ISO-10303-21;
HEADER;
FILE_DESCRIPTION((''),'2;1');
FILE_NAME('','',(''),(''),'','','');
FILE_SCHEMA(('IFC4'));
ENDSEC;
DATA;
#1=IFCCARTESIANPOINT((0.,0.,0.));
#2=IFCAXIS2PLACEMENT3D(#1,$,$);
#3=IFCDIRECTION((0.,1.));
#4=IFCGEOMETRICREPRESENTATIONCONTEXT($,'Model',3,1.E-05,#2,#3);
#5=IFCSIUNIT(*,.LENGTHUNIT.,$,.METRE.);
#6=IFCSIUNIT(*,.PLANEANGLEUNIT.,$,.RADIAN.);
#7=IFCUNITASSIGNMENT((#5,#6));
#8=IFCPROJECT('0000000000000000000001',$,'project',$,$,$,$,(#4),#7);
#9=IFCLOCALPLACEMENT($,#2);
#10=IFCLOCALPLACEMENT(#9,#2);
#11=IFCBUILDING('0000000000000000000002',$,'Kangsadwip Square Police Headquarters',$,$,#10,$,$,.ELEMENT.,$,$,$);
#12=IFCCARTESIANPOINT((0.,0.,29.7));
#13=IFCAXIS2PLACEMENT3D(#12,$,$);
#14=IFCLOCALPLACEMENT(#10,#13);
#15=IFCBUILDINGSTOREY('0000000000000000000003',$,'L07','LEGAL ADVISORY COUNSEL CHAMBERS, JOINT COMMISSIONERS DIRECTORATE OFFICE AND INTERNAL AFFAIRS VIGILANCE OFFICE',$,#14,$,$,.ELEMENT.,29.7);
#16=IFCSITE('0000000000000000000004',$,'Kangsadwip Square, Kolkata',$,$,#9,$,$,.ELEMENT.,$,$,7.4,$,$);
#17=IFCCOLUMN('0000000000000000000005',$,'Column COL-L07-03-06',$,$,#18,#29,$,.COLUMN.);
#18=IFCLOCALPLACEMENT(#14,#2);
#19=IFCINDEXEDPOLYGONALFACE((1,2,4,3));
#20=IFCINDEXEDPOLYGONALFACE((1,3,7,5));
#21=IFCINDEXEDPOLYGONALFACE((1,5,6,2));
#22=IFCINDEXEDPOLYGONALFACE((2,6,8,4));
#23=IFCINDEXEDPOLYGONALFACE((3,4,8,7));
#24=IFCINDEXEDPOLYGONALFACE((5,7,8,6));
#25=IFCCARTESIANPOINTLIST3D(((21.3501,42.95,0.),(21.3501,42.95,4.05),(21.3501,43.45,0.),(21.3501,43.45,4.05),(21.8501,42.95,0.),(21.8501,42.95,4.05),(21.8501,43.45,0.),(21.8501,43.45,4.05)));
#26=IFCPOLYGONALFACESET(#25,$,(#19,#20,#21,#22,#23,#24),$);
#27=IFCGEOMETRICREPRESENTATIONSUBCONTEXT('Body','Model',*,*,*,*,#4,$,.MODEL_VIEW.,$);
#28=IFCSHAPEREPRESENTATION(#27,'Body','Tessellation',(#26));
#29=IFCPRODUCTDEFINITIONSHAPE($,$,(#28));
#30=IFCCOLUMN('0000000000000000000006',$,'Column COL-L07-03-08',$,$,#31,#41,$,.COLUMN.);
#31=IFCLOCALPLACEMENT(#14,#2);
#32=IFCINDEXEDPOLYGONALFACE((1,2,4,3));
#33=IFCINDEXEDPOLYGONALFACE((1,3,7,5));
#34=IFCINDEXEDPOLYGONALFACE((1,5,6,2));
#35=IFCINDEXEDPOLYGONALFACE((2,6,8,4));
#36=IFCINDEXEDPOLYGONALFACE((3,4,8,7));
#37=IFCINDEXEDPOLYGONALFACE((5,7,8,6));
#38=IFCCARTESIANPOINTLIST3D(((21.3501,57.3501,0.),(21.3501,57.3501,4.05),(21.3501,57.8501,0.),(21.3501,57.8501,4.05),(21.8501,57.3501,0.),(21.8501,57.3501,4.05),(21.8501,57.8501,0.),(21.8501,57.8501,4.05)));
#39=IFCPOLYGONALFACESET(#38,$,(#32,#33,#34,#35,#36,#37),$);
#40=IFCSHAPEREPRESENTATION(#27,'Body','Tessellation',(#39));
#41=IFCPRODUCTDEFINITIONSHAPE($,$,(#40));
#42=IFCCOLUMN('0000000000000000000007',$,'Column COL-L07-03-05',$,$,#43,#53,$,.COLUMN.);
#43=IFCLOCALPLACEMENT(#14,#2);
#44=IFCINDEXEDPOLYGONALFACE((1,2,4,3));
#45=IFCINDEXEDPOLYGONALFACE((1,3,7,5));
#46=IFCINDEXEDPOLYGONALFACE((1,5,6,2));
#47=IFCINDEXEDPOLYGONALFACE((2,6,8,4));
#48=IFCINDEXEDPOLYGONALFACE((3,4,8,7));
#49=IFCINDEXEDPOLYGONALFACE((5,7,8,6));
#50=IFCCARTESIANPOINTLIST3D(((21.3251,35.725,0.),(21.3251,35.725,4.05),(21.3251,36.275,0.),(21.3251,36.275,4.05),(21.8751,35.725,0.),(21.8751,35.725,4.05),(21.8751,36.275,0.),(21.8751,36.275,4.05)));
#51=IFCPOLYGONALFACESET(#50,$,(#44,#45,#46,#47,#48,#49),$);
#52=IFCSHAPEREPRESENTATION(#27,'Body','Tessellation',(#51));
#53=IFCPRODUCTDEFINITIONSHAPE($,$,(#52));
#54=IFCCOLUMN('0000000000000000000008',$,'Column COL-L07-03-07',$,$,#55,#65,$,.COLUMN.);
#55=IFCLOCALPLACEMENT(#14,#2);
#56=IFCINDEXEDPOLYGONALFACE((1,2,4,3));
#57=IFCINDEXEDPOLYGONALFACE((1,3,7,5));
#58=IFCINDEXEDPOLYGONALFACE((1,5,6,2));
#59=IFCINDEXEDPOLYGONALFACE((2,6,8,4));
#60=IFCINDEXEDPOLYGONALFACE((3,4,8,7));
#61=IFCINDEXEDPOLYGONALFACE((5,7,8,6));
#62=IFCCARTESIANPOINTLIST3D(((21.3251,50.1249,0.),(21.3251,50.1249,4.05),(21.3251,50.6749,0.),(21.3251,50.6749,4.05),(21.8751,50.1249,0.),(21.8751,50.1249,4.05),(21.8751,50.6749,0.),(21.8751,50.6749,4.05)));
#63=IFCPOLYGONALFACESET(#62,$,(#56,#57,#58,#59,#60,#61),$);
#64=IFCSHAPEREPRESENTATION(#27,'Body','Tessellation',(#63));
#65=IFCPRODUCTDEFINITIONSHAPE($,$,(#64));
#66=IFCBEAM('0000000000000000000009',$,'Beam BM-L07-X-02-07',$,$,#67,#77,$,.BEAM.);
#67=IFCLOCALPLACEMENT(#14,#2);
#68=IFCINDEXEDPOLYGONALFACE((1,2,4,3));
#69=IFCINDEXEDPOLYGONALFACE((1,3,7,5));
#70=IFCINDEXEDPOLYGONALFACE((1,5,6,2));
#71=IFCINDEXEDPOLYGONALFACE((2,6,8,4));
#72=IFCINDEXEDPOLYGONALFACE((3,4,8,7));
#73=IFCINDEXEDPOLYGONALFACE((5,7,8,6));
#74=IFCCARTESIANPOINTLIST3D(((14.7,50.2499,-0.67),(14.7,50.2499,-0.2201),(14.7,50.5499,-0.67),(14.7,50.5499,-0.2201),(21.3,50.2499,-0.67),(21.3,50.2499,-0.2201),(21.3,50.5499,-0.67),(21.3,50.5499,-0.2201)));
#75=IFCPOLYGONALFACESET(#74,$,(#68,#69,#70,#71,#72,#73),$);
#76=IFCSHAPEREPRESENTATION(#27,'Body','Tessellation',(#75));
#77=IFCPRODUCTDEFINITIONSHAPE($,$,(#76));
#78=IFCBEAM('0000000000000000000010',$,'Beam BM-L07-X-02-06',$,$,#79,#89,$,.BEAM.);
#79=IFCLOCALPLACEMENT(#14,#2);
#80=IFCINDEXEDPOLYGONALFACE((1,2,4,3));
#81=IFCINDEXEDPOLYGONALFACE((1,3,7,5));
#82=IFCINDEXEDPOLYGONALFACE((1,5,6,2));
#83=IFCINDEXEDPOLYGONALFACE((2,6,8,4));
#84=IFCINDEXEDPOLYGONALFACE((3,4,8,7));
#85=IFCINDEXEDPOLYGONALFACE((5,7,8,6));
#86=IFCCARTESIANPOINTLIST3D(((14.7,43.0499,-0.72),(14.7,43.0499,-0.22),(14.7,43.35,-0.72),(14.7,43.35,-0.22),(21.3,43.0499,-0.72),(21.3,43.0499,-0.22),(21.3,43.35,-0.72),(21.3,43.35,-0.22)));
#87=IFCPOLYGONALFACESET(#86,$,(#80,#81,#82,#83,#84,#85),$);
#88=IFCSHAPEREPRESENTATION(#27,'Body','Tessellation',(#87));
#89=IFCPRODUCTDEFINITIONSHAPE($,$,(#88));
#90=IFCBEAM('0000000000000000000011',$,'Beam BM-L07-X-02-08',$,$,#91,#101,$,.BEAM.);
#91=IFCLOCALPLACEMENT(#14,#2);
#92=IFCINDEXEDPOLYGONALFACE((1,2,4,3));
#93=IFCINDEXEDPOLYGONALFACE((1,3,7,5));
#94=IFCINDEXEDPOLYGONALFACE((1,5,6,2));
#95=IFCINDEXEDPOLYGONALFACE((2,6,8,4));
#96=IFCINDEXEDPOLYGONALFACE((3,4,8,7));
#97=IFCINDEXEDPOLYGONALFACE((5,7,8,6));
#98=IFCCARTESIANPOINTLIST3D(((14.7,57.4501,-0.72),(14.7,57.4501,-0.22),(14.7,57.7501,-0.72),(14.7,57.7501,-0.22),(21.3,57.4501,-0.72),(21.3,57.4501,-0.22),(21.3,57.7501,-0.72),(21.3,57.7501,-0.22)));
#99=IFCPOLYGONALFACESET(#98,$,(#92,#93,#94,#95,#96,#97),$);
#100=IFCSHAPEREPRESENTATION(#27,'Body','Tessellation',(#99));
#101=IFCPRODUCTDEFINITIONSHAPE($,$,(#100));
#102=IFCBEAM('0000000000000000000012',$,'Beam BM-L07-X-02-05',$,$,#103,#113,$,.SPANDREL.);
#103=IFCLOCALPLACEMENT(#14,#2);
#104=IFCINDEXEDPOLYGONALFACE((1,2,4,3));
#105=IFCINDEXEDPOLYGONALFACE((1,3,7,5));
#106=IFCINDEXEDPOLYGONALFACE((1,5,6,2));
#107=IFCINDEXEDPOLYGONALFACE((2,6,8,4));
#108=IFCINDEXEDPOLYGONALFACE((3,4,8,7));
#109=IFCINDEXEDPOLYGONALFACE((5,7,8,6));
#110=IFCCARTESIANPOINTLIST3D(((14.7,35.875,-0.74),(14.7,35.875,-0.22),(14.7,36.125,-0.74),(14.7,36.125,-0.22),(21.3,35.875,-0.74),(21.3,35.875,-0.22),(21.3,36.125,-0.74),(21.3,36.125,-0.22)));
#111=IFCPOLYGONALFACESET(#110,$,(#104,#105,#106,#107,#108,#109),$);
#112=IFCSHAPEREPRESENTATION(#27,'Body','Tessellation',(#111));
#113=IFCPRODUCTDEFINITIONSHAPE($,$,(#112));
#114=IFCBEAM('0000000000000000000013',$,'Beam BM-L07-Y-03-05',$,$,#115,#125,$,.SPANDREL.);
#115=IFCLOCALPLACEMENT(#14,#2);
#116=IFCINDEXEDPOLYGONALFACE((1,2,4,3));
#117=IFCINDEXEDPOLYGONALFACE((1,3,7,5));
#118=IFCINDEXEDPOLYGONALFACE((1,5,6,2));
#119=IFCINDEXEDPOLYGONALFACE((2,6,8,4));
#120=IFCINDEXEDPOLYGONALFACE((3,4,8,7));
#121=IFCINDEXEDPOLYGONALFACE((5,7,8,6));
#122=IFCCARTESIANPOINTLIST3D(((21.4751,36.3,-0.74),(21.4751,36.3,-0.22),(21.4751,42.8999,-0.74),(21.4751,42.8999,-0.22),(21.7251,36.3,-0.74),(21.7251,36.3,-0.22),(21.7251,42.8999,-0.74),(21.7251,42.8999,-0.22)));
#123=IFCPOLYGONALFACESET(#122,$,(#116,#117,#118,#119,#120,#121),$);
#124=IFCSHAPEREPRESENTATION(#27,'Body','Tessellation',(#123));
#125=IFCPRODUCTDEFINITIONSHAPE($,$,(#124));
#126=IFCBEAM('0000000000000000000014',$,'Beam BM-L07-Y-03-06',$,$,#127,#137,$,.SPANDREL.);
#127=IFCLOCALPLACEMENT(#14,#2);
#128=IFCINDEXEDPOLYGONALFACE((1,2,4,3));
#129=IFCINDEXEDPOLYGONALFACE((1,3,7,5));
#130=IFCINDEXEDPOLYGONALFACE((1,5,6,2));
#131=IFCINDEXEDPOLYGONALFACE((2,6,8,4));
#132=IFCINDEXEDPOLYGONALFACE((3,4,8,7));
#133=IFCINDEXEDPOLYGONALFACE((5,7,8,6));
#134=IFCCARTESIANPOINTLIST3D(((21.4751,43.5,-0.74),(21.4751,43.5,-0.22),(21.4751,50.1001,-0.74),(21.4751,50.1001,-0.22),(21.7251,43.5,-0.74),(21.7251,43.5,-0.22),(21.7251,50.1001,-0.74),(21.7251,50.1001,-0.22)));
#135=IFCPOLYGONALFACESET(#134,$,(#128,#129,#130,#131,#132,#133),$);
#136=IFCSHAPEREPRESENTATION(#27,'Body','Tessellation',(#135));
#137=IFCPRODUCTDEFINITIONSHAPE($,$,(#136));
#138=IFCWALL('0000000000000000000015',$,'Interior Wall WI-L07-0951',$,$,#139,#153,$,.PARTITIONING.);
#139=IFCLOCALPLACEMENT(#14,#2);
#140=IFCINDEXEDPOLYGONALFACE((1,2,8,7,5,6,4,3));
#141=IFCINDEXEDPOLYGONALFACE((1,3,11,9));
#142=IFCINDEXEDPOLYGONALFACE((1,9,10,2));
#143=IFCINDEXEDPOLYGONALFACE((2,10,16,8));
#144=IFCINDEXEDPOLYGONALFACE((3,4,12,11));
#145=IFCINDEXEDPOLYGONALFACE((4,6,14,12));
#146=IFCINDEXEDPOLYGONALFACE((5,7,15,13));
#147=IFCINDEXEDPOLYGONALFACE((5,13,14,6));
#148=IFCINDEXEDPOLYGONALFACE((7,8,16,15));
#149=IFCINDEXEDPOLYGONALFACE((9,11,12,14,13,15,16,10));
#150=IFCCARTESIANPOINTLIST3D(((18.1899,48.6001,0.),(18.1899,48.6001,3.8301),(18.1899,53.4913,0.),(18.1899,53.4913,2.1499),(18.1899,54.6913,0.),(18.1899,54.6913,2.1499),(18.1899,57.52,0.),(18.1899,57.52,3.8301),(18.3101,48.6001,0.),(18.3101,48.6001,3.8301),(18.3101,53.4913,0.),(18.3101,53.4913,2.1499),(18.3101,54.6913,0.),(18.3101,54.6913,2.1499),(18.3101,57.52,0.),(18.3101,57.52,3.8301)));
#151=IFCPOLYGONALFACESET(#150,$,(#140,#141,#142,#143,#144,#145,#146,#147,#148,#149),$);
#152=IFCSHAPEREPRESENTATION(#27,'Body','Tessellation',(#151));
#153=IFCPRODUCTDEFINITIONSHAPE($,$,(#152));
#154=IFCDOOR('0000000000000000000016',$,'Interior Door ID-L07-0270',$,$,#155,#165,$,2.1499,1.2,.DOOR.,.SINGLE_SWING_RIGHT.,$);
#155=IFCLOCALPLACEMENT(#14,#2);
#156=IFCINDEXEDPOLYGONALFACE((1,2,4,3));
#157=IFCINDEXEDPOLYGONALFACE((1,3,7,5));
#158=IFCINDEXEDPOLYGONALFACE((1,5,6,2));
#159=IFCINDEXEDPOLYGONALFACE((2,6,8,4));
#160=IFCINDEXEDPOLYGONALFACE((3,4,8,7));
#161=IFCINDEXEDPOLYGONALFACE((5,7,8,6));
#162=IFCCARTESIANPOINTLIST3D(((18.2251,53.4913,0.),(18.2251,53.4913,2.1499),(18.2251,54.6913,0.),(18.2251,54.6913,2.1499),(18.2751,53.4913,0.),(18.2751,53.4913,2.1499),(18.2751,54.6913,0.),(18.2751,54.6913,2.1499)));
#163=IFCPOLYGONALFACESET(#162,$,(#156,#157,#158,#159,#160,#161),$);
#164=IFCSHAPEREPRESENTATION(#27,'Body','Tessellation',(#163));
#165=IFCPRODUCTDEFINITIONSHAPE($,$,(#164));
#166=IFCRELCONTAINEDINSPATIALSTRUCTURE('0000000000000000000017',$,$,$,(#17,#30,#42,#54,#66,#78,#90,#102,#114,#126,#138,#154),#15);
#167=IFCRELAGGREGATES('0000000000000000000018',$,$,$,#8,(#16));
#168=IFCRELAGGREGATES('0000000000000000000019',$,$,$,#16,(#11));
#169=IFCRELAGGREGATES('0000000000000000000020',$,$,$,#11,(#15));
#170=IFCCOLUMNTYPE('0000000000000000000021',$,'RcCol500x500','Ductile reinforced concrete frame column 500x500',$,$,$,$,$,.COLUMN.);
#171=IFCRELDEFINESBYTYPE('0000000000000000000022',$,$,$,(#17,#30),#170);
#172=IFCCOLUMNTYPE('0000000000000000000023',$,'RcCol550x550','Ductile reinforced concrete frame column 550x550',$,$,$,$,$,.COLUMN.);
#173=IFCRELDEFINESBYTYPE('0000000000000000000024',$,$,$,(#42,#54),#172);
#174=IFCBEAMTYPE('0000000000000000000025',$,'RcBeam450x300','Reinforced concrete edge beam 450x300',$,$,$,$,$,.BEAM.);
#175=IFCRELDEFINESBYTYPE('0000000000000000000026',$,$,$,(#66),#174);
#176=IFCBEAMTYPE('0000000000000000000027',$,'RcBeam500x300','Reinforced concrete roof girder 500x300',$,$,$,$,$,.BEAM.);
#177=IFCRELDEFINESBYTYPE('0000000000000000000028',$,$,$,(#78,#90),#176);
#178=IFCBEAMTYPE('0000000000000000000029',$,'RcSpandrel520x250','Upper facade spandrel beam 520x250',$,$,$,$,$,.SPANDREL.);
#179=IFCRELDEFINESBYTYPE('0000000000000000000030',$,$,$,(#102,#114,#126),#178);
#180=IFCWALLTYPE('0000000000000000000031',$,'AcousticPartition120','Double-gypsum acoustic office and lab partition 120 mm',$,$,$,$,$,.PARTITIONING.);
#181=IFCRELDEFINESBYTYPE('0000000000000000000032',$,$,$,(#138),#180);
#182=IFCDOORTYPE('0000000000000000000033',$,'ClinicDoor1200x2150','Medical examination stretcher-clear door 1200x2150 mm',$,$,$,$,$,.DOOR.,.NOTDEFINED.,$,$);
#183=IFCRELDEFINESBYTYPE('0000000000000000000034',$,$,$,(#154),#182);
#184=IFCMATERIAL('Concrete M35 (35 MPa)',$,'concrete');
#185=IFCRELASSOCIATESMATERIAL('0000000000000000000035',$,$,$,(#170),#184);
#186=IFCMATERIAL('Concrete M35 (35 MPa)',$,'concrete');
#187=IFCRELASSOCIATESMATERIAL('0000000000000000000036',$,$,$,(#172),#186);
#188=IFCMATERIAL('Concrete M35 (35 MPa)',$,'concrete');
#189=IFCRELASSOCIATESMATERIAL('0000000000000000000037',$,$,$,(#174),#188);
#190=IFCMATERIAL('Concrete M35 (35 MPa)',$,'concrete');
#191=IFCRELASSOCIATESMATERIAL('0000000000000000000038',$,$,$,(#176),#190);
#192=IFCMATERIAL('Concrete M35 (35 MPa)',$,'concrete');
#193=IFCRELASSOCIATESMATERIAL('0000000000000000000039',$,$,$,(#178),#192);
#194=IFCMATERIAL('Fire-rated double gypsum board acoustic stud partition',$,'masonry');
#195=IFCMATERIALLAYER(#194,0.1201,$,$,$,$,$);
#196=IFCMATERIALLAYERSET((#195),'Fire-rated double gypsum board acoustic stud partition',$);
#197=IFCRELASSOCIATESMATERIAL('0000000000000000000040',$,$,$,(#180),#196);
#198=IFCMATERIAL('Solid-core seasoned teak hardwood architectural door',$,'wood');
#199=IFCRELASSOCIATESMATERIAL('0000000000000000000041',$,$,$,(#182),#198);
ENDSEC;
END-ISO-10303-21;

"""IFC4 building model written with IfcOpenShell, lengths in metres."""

from ifc_helpers import new_model, si_unit, direction, frame, frame_2d, origin, origin_2d, place, context, subcontext, project, spatial, rectangle, extrude, material, layer, layer_set, material_profile, profile_set, type_object, element, fill, save


model = new_model("IFC4")

# Units and contexts
model_context = context("Model", 3, precision=1e-05, world=origin(), true_north=direction((0.0, 1.0)))
body_context = subcontext(model_context, "Body", "Model", "MODEL_VIEW")
ifc_project = project(units=[si_unit("LENGTHUNIT", "METRE"), si_unit("PLANEANGLEUNIT", "RADIAN")], contexts=[model_context])

# Site, building, storey
site_placement = place(None, origin())
site = spatial("IfcSite", under=ifc_project, at=site_placement, Name="Kangsadwip Square, Kolkata", CompositionType="ELEMENT", RefElevation=7.4)
building_placement = place(site_placement, origin())
building = spatial("IfcBuilding", under=site, at=building_placement, Name="Kangsadwip Square Police Headquarters", CompositionType="ELEMENT")
storey_placement = place(building_placement, frame((0.0, 0.0, 29.7)))
storey = spatial("IfcBuildingStorey", under=building, at=storey_placement, Name="L07", Description="LEGAL ADVISORY COUNSEL CHAMBERS, JOINT COMMISSIONERS DIRECTORATE OFFICE AND INTERNAL AFFAIRS VIGILANCE OFFICE", CompositionType="ELEMENT", Elevation=29.7)

# Columns
ifc_material_1 = material(Name="Concrete M35 (35 MPa)", Category="concrete")
ifc_material_profile_1 = material_profile(ifc_material_1, rectangle(XDim=0.5, YDim=0.5, at=origin_2d()), Name="RC COL 500X500")
ifc_profile_set_1 = profile_set([ifc_material_profile_1], Name="Concrete M35 (35 MPa)")
column_type_1 = type_object("IfcColumnType", Name="RcCol500x500", Description="Ductile reinforced concrete frame column 500x500", PredefinedType="COLUMN", material=ifc_profile_set_1)
for number, where, z_axis, x_axis, name in (
    (1, (21.6001, 43.2, 0.0), (0.0, 0.0, 1.0), (1.0, 0.0, 0.0), "Column COL-L07-03-06"),
    (2, (21.6001, 57.6001, 0.0), (0.0, 0.0, 1.0), (1.0, 0.0, 0.0), "Column COL-L07-03-08"),
):
    element("IfcColumn", number, at=place(storey_placement, frame(where, z_axis=z_axis, x_axis=x_axis)), inside=storey, type_object=column_type_1, Name=name, PredefinedType="COLUMN", context=body_context, shape_type="SweptSolid", body=[
        extrude(rectangle(XDim=0.5, YDim=0.5, at=origin_2d()), origin(), (0.0, 0.0, 1.0), 4.05),
    ])
ifc_material_2 = material(Name="Concrete M35 (35 MPa)", Category="concrete")
ifc_material_profile_2 = material_profile(ifc_material_2, rectangle(XDim=0.55, YDim=0.55, at=origin_2d()), Name="RC COL 550X550")
ifc_profile_set_2 = profile_set([ifc_material_profile_2], Name="Concrete M35 (35 MPa)")
column_type_2 = type_object("IfcColumnType", Name="RcCol550x550", Description="Ductile reinforced concrete frame column 550x550", PredefinedType="COLUMN", material=ifc_profile_set_2)
for number, where, z_axis, x_axis, name in (
    (3, (21.6001, 36.0, 0.0), (0.0, 0.0, 1.0), (1.0, 0.0, 0.0), "Column COL-L07-03-05"),
    (4, (21.6001, 50.3999, 0.0), (0.0, 0.0, 1.0), (1.0, 0.0, 0.0), "Column COL-L07-03-07"),
):
    element("IfcColumn", number, at=place(storey_placement, frame(where, z_axis=z_axis, x_axis=x_axis)), inside=storey, type_object=column_type_2, Name=name, PredefinedType="COLUMN", context=body_context, shape_type="SweptSolid", body=[
        extrude(rectangle(XDim=0.55, YDim=0.55, at=origin_2d()), origin(), (0.0, 0.0, 1.0), 4.05),
    ])

# Beams
ifc_material_3 = material(Name="Concrete M35 (35 MPa)", Category="concrete")
ifc_material_profile_3 = material_profile(ifc_material_3, rectangle(XDim=0.3, YDim=0.45, at=origin_2d()), Name="RC BM 450X300")
ifc_profile_set_3 = profile_set([ifc_material_profile_3], Name="Concrete M35 (35 MPa)")
beam_type_1 = type_object("IfcBeamType", Name="RcBeam450x300", Description="Reinforced concrete edge beam 450x300", PredefinedType="BEAM", material=ifc_profile_set_3)
beam_1_placement = place(storey_placement, frame((14.7, 50.3999, -0.4451), z_axis=(1.0, 0.0, 0.0), x_axis=(0.0, 1.0, 0.0)))
element("IfcBeam", 5, at=beam_1_placement, inside=storey, type_object=beam_type_1, Name="Beam BM-L07-X-02-07", PredefinedType="BEAM", context=body_context, shape_type="SweptSolid", body=[
    extrude(rectangle(XDim=0.3, YDim=0.45, at=origin_2d()), origin(), (0.0, 0.0, 1.0), 6.6001),
])
ifc_material_4 = material(Name="Concrete M35 (35 MPa)", Category="concrete")
ifc_material_profile_4 = material_profile(ifc_material_4, rectangle(XDim=0.3, YDim=0.5, at=origin_2d()), Name="RC BM 500X300")
ifc_profile_set_4 = profile_set([ifc_material_profile_4], Name="Concrete M35 (35 MPa)")
beam_type_2 = type_object("IfcBeamType", Name="RcBeam500x300", Description="Reinforced concrete roof girder 500x300", PredefinedType="BEAM", material=ifc_profile_set_4)
for number, where, z_axis, x_axis, name in (
    (6, (14.7, 43.2, -0.47), (1.0, 0.0, 0.0), (0.0, 1.0, 0.0), "Beam BM-L07-X-02-06"),
    (7, (14.7, 57.6001, -0.47), (1.0, 0.0, 0.0), (0.0, 1.0, 0.0), "Beam BM-L07-X-02-08"),
):
    element("IfcBeam", number, at=place(storey_placement, frame(where, z_axis=z_axis, x_axis=x_axis)), inside=storey, type_object=beam_type_2, Name=name, PredefinedType="BEAM", context=body_context, shape_type="SweptSolid", body=[
        extrude(rectangle(XDim=0.3, YDim=0.5, at=origin_2d()), origin(), (0.0, 0.0, 1.0), 6.6001),
    ])
ifc_material_5 = material(Name="Concrete M35 (35 MPa)", Category="concrete")
ifc_material_profile_5 = material_profile(ifc_material_5, rectangle(XDim=0.25, YDim=0.52, at=origin_2d()), Name="RC SPN 520X250")
ifc_profile_set_5 = profile_set([ifc_material_profile_5], Name="Concrete M35 (35 MPa)")
beam_type_3 = type_object("IfcBeamType", Name="RcSpandrel520x250", Description="Upper facade spandrel beam 520x250", PredefinedType="SPANDREL", material=ifc_profile_set_5)
beam_2_placement = place(storey_placement, frame((14.7, 36.0, -0.48), z_axis=(1.0, 0.0, 0.0), x_axis=(0.0, 1.0, 0.0)))
element("IfcBeam", 8, at=beam_2_placement, inside=storey, type_object=beam_type_3, Name="Beam BM-L07-X-02-05", PredefinedType="SPANDREL", context=body_context, shape_type="SweptSolid", body=[
    extrude(rectangle(XDim=0.25, YDim=0.52, at=origin_2d()), origin(), (0.0, 0.0, 1.0), 6.6001),
])
beam_3_placement = place(storey_placement, frame((21.6001, 36.3, -0.48), z_axis=(0.0, 1.0, 0.0), x_axis=(-1.0, 0.0, 0.0)))
element("IfcBeam", 9, at=beam_3_placement, inside=storey, type_object=beam_type_3, Name="Beam BM-L07-Y-03-05", PredefinedType="SPANDREL", context=body_context, shape_type="SweptSolid", body=[
    extrude(rectangle(XDim=0.25, YDim=0.52, at=origin_2d()), origin(), (0.0, 0.0, 1.0), 6.5999),
])
beam_4_placement = place(storey_placement, frame((21.6001, 43.5, -0.48), z_axis=(0.0, 1.0, 0.0), x_axis=(-1.0, 0.0, 0.0)))
element("IfcBeam", 10, at=beam_4_placement, inside=storey, type_object=beam_type_3, Name="Beam BM-L07-Y-03-06", PredefinedType="SPANDREL", context=body_context, shape_type="SweptSolid", body=[
    extrude(rectangle(XDim=0.25, YDim=0.52, at=origin_2d()), origin(), (0.0, 0.0, 1.0), 6.6001),
])

# Wall, opening, door
ifc_material_6 = material(Name="Fire-rated double gypsum board acoustic stud partition", Category="masonry")
ifc_layer_1 = layer(ifc_material_6, 0.1201)
ifc_layer_set_1 = layer_set([ifc_layer_1], Name="Fire-rated double gypsum board acoustic stud partition")
wall_type_1 = type_object("IfcWallType", Name="AcousticPartition120", Description="Double-gypsum acoustic office and lab partition 120 mm", PredefinedType="PARTITIONING", material=ifc_layer_set_1)
wall_1_placement = place(storey_placement, frame((18.25, 48.6001, 0.0), z_axis=(0.0, 0.0, 1.0), x_axis=(0.0, 1.0, 0.0)))
wall_1 = element("IfcWall", 11, at=wall_1_placement, inside=storey, type_object=wall_type_1, Name="Interior Wall WI-L07-0951", PredefinedType="PARTITIONING", context=body_context, shape_type="SweptSolid", body=[
    extrude(rectangle(XDim=8.9199, YDim=0.1201, at=frame_2d((4.46, 0.0))), origin(), (0.0, 0.0, 1.0), 3.8301),
])
opening_1_placement = place(wall_1_placement, frame((4.8911, 0.0, 0.0)))
opening_1 = element("IfcOpeningElement", 12, at=opening_1_placement, cuts=wall_1, PredefinedType="OPENING", context=body_context, shape_type="SweptSolid", body=[
    extrude(rectangle(XDim=1.2, YDim=2.1499, at=frame_2d((0.6001, 1.075))), frame((0.0, 0.0701, 0.0), z_axis=(0.0, -1.0, 0.0), x_axis=(1.0, 0.0, 0.0)), (0.0, 0.0, 1.0), 0.1401),
])
ifc_material_7 = material(Name="Solid-core seasoned teak hardwood architectural door", Category="wood")
door_type_1 = type_object("IfcDoorType", Name="ClinicDoor1200x2150", Description="Medical examination stretcher-clear door 1200x2150 mm", OperationType="NOTDEFINED", PredefinedType="DOOR", material=ifc_material_7)
door_1_placement = place(opening_1_placement, origin())
door_1 = element("IfcDoor", 13, at=door_1_placement, inside=storey, type_object=door_type_1, Name="Interior Door ID-L07-0270", OperationType="SINGLE_SWING_RIGHT", OverallHeight=2.1499, OverallWidth=1.2, PredefinedType="DOOR", context=body_context, shape_type="SweptSolid", body=[
    extrude(rectangle(XDim=1.2, YDim=2.1499, at=frame_2d((0.6001, 1.075))), frame((0.0, 0.0249, 0.0), z_axis=(0.0, -1.0, 0.0), x_axis=(1.0, 0.0, 0.0)), (0.0, 0.0, 1.0), 0.05),
])
fill(opening_1, door_1)

save(model, "model.ifc")
